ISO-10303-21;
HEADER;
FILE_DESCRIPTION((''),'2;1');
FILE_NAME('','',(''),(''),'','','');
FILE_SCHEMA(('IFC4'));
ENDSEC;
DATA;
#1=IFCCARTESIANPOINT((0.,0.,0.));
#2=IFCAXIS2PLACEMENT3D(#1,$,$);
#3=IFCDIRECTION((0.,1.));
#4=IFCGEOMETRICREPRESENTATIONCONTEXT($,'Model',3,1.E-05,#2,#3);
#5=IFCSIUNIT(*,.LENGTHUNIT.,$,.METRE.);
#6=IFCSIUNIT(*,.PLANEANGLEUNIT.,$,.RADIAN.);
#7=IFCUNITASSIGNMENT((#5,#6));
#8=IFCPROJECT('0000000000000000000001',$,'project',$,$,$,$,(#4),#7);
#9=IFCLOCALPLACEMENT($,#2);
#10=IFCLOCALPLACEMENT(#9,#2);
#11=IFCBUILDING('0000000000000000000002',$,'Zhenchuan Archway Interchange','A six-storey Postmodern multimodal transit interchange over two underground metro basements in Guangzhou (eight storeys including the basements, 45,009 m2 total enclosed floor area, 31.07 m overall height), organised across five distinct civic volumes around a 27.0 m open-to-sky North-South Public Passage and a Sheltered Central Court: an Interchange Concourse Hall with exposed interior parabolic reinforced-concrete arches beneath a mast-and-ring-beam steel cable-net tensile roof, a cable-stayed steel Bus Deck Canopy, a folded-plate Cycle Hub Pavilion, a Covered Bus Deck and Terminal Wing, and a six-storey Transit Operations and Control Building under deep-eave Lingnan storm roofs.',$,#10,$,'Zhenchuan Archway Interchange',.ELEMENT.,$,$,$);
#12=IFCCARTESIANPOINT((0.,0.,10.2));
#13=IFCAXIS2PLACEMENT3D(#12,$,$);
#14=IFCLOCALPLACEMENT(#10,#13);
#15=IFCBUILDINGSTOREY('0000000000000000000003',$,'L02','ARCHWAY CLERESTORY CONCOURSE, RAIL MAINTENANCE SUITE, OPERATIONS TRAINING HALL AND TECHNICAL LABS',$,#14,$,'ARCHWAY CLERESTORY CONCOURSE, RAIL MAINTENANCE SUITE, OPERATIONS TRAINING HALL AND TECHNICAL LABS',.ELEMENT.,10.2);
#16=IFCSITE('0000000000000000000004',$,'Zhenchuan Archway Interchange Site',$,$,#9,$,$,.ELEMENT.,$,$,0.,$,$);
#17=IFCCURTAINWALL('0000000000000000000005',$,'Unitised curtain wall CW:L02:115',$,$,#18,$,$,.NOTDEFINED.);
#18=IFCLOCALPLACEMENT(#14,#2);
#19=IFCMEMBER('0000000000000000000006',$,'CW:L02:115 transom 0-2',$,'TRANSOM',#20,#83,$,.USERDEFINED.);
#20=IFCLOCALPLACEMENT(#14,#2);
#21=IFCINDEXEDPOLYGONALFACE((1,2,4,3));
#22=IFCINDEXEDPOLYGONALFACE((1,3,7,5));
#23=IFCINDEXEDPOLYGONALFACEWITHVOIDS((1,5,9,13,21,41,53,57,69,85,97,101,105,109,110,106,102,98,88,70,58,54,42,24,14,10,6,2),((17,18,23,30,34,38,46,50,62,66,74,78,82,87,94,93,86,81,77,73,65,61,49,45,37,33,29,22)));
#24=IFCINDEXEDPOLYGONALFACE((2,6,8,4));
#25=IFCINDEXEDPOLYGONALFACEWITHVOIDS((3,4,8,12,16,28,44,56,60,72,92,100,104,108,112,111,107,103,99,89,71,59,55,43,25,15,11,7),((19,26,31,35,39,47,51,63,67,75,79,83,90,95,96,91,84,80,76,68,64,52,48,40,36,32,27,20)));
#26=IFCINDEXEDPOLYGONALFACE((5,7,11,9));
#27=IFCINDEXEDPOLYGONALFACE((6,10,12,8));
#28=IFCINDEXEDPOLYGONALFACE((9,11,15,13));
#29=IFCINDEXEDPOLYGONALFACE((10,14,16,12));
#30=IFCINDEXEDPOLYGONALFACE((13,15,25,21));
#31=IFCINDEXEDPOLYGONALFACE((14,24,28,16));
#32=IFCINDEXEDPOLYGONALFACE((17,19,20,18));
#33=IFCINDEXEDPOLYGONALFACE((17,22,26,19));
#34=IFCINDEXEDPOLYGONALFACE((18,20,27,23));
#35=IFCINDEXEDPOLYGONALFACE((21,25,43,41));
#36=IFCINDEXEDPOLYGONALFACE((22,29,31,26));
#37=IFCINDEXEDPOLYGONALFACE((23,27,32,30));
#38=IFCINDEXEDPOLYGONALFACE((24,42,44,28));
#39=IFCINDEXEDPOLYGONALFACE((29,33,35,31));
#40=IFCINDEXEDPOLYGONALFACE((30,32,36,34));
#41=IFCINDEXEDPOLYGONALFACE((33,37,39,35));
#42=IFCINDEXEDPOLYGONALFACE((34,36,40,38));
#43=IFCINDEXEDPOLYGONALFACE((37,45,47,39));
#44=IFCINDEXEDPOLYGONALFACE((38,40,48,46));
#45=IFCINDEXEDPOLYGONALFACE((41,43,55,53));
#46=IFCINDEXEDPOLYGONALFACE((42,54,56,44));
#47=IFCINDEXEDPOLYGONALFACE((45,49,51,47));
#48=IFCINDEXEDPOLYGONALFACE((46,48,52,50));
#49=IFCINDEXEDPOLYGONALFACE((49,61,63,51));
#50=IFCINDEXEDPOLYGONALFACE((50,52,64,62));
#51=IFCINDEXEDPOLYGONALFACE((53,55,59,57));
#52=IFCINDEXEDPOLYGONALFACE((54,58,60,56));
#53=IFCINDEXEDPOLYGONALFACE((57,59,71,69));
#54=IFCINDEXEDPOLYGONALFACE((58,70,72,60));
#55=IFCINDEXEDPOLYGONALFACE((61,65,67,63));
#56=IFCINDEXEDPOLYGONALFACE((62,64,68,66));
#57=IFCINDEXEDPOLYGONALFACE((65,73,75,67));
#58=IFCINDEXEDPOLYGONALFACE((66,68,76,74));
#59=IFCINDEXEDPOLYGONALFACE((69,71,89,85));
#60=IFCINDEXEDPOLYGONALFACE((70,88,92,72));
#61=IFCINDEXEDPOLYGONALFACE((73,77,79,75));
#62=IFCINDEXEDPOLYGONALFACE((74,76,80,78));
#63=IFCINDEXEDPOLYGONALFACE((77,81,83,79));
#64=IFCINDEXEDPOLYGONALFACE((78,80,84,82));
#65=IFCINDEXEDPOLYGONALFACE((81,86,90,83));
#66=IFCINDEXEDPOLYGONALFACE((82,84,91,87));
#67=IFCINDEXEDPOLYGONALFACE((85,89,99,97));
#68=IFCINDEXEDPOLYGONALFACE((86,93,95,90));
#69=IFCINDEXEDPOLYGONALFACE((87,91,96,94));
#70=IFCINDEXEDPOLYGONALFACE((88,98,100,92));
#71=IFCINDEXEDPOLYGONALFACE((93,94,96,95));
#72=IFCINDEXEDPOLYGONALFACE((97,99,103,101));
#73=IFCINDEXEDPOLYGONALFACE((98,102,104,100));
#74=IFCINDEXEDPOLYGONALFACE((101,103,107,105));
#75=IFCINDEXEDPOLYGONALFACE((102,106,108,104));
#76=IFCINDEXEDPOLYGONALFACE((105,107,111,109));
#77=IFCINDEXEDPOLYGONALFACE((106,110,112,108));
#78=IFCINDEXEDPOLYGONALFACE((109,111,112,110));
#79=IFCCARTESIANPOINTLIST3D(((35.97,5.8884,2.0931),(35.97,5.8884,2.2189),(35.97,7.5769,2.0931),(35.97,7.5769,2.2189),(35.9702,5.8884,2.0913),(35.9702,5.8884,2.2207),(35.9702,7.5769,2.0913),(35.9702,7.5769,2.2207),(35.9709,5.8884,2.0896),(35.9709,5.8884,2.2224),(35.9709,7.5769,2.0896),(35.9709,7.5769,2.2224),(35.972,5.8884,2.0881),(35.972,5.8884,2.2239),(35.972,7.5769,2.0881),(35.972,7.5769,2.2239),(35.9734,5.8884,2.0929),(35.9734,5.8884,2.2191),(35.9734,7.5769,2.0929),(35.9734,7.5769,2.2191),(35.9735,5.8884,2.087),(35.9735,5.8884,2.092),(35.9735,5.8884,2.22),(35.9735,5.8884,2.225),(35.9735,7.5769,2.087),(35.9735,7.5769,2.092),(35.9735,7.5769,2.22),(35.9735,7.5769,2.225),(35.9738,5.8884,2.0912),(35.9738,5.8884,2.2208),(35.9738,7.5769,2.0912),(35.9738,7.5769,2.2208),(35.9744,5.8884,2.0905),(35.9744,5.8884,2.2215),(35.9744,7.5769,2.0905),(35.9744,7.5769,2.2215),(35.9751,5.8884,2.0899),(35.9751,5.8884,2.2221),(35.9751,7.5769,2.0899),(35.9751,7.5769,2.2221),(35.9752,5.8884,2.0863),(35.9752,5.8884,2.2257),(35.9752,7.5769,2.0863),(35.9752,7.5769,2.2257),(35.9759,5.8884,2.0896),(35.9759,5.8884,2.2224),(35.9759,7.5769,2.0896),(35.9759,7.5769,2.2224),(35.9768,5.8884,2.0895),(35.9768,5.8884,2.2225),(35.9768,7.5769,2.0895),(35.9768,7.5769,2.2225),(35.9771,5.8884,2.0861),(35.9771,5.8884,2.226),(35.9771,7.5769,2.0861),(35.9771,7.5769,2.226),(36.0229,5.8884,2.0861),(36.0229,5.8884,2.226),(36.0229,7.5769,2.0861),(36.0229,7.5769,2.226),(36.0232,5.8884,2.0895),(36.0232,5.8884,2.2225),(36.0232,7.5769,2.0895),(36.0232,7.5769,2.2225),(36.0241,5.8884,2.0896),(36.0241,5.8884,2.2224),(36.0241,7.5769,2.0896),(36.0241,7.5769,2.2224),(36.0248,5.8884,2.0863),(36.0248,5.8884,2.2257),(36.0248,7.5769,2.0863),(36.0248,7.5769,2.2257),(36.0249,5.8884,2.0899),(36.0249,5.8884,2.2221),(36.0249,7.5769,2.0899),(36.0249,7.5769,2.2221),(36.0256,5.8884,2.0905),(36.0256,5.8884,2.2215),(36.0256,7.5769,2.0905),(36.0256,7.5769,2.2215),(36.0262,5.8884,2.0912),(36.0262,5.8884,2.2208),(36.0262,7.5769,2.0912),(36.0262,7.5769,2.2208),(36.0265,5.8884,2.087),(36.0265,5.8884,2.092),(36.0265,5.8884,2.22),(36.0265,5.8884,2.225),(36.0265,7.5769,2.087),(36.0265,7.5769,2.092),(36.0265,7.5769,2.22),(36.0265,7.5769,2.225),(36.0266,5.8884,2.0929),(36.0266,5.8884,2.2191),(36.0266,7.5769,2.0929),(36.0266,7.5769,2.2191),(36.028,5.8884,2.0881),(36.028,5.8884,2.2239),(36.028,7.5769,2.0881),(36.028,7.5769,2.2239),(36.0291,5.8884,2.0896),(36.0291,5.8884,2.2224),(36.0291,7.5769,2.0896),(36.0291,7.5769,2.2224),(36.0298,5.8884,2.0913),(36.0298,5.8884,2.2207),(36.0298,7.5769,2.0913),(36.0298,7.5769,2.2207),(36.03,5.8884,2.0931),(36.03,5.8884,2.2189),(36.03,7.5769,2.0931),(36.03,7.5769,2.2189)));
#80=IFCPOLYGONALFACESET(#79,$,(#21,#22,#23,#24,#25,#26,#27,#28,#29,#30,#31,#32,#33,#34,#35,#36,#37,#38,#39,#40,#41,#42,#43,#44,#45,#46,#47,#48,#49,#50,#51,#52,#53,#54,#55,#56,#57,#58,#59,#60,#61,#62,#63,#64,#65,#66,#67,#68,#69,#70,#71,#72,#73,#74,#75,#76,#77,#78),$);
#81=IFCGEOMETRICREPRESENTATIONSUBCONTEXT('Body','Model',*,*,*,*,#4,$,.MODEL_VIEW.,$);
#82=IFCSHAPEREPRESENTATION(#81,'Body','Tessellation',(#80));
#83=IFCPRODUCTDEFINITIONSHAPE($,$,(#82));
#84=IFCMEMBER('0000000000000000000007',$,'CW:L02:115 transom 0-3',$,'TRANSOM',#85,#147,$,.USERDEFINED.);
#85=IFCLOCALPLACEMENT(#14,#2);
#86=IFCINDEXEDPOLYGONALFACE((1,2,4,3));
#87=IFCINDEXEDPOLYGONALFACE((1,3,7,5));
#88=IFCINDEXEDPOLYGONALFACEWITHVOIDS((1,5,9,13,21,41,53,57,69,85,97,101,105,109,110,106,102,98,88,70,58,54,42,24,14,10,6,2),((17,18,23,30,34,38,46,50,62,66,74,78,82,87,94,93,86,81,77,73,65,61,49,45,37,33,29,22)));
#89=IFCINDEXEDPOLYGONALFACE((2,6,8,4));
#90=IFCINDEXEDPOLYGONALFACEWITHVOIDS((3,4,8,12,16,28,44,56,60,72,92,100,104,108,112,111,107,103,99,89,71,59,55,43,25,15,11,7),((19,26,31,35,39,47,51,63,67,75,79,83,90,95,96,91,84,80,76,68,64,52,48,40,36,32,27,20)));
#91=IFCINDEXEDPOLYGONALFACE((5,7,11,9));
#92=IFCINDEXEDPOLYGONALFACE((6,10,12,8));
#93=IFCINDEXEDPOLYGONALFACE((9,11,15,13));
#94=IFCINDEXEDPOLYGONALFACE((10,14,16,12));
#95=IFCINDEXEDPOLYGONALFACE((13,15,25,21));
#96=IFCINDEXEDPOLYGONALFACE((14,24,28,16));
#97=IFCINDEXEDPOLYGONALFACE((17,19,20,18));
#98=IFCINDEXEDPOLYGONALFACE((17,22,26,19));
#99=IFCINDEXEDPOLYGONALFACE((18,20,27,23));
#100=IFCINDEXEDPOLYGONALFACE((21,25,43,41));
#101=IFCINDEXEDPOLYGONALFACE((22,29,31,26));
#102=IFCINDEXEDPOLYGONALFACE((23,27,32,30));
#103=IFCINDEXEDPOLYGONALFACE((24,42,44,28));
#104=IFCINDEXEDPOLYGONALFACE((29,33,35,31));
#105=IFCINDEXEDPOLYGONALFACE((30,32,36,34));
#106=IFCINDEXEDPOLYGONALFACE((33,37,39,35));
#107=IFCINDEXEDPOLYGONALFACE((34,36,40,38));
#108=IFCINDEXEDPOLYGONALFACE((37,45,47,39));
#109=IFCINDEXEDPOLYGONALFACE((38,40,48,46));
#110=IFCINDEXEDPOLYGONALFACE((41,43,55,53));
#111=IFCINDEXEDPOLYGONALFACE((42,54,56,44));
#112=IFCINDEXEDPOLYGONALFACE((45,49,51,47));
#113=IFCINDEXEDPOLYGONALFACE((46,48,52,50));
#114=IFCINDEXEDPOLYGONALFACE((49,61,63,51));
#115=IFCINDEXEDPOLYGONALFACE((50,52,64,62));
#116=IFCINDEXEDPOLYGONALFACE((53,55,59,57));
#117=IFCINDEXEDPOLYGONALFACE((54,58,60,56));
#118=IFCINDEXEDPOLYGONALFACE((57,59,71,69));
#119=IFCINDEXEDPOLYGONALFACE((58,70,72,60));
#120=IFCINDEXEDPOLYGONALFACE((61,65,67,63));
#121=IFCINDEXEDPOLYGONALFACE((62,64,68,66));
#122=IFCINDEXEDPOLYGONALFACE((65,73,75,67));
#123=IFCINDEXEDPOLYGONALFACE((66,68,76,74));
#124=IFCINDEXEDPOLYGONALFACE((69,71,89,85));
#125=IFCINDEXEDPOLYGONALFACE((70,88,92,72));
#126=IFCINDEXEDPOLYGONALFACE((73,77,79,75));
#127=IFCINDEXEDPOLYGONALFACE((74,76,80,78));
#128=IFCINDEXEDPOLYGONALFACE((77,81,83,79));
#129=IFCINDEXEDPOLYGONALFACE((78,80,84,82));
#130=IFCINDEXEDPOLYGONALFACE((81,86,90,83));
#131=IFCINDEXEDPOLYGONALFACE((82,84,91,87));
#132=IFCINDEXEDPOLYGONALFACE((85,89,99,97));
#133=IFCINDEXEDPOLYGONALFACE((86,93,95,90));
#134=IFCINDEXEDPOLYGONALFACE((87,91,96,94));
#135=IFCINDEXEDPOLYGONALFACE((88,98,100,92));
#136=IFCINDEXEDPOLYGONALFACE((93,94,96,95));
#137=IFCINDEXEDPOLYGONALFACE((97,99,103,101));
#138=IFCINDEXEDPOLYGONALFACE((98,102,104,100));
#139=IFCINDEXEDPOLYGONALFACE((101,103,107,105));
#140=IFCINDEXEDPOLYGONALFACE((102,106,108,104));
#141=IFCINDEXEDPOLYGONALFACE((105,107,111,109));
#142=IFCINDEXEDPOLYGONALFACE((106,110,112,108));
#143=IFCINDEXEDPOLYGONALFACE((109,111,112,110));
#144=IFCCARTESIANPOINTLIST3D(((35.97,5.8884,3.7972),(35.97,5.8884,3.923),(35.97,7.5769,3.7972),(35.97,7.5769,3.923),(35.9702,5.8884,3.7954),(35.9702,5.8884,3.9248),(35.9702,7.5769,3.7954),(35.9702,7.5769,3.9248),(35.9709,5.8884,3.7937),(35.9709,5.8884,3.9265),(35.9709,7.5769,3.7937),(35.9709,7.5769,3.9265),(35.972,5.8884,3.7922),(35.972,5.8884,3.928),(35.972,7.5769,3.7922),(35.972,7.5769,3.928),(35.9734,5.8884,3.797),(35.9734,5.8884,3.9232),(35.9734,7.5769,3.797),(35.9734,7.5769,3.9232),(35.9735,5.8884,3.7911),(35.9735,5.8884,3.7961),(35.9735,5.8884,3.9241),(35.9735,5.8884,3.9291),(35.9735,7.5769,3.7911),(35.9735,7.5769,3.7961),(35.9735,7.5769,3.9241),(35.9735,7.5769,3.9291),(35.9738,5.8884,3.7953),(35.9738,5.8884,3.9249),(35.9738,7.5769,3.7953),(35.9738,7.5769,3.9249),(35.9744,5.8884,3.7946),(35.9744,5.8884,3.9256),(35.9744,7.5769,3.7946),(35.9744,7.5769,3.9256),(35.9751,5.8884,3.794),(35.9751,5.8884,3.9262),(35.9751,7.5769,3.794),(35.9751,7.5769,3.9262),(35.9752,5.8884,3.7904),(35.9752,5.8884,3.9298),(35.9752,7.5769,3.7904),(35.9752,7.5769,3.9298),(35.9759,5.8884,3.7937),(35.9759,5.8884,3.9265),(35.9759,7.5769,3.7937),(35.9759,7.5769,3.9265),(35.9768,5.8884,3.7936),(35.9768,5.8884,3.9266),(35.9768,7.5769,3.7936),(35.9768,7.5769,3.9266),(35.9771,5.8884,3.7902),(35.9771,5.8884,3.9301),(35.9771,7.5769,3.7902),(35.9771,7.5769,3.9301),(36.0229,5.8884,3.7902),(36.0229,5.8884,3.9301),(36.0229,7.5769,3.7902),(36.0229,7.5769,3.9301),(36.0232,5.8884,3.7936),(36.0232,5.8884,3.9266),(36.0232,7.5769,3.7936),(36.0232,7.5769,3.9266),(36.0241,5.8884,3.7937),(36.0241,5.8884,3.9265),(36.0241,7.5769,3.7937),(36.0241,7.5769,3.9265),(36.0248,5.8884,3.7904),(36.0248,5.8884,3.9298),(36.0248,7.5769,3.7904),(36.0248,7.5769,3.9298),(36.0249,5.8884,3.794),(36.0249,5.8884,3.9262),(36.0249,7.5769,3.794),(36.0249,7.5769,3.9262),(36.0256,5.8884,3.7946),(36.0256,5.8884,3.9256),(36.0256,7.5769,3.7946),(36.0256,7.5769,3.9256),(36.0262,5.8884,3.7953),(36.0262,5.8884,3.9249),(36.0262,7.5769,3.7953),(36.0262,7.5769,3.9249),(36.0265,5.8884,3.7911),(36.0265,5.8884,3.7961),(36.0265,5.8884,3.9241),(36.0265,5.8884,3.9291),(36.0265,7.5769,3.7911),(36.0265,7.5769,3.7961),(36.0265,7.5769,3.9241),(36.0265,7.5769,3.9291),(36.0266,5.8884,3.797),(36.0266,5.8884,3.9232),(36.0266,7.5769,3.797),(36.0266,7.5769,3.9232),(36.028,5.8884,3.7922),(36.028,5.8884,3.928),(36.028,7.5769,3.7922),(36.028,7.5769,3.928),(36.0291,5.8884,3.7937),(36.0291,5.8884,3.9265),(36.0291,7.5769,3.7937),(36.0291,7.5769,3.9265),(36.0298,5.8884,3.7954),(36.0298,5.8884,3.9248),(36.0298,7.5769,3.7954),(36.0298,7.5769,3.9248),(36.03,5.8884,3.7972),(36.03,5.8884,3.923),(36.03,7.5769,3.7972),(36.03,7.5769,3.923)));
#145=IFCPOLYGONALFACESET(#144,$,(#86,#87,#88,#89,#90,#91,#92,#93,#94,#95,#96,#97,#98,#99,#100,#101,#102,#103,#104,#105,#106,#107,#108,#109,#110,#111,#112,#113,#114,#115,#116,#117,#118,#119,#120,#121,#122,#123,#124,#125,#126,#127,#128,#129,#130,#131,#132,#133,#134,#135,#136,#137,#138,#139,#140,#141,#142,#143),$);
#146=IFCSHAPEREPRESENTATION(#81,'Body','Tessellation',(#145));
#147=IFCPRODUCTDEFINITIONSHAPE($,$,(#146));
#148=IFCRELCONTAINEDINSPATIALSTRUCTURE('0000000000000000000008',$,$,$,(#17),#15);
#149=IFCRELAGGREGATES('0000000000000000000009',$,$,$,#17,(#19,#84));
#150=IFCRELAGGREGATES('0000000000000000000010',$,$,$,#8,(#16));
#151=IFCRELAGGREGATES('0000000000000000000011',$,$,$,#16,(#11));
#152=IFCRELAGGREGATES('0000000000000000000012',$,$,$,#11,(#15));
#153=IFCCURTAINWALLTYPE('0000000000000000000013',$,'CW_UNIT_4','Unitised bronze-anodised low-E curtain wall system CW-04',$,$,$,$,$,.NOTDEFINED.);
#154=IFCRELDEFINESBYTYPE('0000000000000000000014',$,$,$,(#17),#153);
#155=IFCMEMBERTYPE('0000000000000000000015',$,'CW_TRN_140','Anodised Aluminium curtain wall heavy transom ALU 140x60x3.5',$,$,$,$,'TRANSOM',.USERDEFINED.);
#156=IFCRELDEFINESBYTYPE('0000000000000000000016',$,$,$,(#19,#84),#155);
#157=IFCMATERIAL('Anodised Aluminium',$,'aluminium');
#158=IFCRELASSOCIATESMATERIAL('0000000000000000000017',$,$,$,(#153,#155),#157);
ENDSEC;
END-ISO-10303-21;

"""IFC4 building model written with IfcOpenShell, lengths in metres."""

from ifc_helpers import new_model, si_unit, direction, frame, origin, origin_2d, place, context, subcontext, project, spatial, hollow_rectangle, extrude, material, material_profile, profile_set, type_object, element, aggregate, save


model = new_model("IFC4")

# Units and contexts
model_context = context("Model", 3, precision=1e-05, world=origin(), true_north=direction((0.0, 1.0)))
body_context = subcontext(model_context, "Body", "Model", "MODEL_VIEW")
ifc_project = project(units=[si_unit("LENGTHUNIT", "METRE"), si_unit("PLANEANGLEUNIT", "RADIAN")], contexts=[model_context])

# Site, building, storey
site_placement = place(None, origin())
site = spatial("IfcSite", under=ifc_project, at=site_placement, Name="Zhenchuan Archway Interchange Site", CompositionType="ELEMENT", RefElevation=0.0)
building_placement = place(site_placement, origin())
building = spatial("IfcBuilding", under=site, at=building_placement, Name="Zhenchuan Archway Interchange", Description="A six-storey Postmodern multimodal transit interchange over two underground metro basements in Guangzhou (eight storeys including the basements, 45,009 m2 total enclosed floor area, 31.07 m overall height), organised across five distinct civic volumes around a 27.0 m open-to-sky North-South Public Passage and a Sheltered Central Court: an Interchange Concourse Hall with exposed interior parabolic reinforced-concrete arches beneath a mast-and-ring-beam steel cable-net tensile roof, a cable-stayed steel Bus Deck Canopy, a folded-plate Cycle Hub Pavilion, a Covered Bus Deck and Terminal Wing, and a six-storey Transit Operations and Control Building under deep-eave Lingnan storm roofs.", LongName="Zhenchuan Archway Interchange", CompositionType="ELEMENT")
storey_placement = place(building_placement, frame((0.0, 0.0, 10.2)))
storey = spatial("IfcBuildingStorey", under=building, at=storey_placement, Name="L02", Description="ARCHWAY CLERESTORY CONCOURSE, RAIL MAINTENANCE SUITE, OPERATIONS TRAINING HALL AND TECHNICAL LABS", LongName="ARCHWAY CLERESTORY CONCOURSE, RAIL MAINTENANCE SUITE, OPERATIONS TRAINING HALL AND TECHNICAL LABS", CompositionType="ELEMENT", Elevation=10.2)

# Curtain wall, members
ifc_material_1 = material(Name="Anodised Aluminium", Category="aluminium")
curtain_wall_type = type_object("IfcCurtainWallType", Name="CW_UNIT_4", Description="Unitised bronze-anodised low-E curtain wall system CW-04", PredefinedType="NOTDEFINED", material=ifc_material_1)
curtain_wall_placement = place(storey_placement, origin())
curtain_wall = element("IfcCurtainWall", 1, at=curtain_wall_placement, inside=storey, type_object=curtain_wall_type, Name="Unitised curtain wall CW:L02:115", PredefinedType="NOTDEFINED")
ifc_material_profile_1 = material_profile(ifc_material_1, hollow_rectangle(XDim=0.0601, YDim=0.1399, WallThickness=0.0034, InnerFilletRadius=0.0034, OuterFilletRadius=0.0071, at=origin_2d()), Name="ALU 140x60x3.5")
ifc_profile_set_1 = profile_set([ifc_material_profile_1], Name="Anodised Aluminium")
member_type_1 = type_object("IfcMemberType", Name="CW_TRN_140", Description="Anodised Aluminium curtain wall heavy transom ALU 140x60x3.5", ElementType="TRANSOM", PredefinedType="USERDEFINED", material=ifc_profile_set_1)
member_1_placement = place(storey_placement, frame((36.0, 7.5769, 2.156), z_axis=(0.0, -1.0, 0.0), x_axis=(1.0, 0.0, 0.0)))
member_1 = element("IfcMember", 2, at=member_1_placement, type_object=member_type_1, Name="CW:L02:115 transom 0-2", ObjectType="TRANSOM", PredefinedType="USERDEFINED", context=body_context, shape_type="SweptSolid", body=[
    extrude(hollow_rectangle(XDim=0.0601, YDim=0.1399, WallThickness=0.0034, InnerFilletRadius=0.0034, OuterFilletRadius=0.0071, at=origin_2d()), origin(), (0.0, 0.0, 1.0), 1.6885),
])
member_2_placement = place(storey_placement, frame((36.0, 7.5769, 3.8601), z_axis=(0.0, -1.0, 0.0), x_axis=(1.0, 0.0, 0.0)))
member_2 = element("IfcMember", 3, at=member_2_placement, type_object=member_type_1, Name="CW:L02:115 transom 0-3", ObjectType="TRANSOM", PredefinedType="USERDEFINED", context=body_context, shape_type="SweptSolid", body=[
    extrude(hollow_rectangle(XDim=0.0601, YDim=0.1399, WallThickness=0.0034, InnerFilletRadius=0.0034, OuterFilletRadius=0.0071, at=origin_2d()), origin(), (0.0, 0.0, 1.0), 1.6885),
])

aggregate(curtain_wall, [member_1, member_2])

save(model, "model.ifc")
